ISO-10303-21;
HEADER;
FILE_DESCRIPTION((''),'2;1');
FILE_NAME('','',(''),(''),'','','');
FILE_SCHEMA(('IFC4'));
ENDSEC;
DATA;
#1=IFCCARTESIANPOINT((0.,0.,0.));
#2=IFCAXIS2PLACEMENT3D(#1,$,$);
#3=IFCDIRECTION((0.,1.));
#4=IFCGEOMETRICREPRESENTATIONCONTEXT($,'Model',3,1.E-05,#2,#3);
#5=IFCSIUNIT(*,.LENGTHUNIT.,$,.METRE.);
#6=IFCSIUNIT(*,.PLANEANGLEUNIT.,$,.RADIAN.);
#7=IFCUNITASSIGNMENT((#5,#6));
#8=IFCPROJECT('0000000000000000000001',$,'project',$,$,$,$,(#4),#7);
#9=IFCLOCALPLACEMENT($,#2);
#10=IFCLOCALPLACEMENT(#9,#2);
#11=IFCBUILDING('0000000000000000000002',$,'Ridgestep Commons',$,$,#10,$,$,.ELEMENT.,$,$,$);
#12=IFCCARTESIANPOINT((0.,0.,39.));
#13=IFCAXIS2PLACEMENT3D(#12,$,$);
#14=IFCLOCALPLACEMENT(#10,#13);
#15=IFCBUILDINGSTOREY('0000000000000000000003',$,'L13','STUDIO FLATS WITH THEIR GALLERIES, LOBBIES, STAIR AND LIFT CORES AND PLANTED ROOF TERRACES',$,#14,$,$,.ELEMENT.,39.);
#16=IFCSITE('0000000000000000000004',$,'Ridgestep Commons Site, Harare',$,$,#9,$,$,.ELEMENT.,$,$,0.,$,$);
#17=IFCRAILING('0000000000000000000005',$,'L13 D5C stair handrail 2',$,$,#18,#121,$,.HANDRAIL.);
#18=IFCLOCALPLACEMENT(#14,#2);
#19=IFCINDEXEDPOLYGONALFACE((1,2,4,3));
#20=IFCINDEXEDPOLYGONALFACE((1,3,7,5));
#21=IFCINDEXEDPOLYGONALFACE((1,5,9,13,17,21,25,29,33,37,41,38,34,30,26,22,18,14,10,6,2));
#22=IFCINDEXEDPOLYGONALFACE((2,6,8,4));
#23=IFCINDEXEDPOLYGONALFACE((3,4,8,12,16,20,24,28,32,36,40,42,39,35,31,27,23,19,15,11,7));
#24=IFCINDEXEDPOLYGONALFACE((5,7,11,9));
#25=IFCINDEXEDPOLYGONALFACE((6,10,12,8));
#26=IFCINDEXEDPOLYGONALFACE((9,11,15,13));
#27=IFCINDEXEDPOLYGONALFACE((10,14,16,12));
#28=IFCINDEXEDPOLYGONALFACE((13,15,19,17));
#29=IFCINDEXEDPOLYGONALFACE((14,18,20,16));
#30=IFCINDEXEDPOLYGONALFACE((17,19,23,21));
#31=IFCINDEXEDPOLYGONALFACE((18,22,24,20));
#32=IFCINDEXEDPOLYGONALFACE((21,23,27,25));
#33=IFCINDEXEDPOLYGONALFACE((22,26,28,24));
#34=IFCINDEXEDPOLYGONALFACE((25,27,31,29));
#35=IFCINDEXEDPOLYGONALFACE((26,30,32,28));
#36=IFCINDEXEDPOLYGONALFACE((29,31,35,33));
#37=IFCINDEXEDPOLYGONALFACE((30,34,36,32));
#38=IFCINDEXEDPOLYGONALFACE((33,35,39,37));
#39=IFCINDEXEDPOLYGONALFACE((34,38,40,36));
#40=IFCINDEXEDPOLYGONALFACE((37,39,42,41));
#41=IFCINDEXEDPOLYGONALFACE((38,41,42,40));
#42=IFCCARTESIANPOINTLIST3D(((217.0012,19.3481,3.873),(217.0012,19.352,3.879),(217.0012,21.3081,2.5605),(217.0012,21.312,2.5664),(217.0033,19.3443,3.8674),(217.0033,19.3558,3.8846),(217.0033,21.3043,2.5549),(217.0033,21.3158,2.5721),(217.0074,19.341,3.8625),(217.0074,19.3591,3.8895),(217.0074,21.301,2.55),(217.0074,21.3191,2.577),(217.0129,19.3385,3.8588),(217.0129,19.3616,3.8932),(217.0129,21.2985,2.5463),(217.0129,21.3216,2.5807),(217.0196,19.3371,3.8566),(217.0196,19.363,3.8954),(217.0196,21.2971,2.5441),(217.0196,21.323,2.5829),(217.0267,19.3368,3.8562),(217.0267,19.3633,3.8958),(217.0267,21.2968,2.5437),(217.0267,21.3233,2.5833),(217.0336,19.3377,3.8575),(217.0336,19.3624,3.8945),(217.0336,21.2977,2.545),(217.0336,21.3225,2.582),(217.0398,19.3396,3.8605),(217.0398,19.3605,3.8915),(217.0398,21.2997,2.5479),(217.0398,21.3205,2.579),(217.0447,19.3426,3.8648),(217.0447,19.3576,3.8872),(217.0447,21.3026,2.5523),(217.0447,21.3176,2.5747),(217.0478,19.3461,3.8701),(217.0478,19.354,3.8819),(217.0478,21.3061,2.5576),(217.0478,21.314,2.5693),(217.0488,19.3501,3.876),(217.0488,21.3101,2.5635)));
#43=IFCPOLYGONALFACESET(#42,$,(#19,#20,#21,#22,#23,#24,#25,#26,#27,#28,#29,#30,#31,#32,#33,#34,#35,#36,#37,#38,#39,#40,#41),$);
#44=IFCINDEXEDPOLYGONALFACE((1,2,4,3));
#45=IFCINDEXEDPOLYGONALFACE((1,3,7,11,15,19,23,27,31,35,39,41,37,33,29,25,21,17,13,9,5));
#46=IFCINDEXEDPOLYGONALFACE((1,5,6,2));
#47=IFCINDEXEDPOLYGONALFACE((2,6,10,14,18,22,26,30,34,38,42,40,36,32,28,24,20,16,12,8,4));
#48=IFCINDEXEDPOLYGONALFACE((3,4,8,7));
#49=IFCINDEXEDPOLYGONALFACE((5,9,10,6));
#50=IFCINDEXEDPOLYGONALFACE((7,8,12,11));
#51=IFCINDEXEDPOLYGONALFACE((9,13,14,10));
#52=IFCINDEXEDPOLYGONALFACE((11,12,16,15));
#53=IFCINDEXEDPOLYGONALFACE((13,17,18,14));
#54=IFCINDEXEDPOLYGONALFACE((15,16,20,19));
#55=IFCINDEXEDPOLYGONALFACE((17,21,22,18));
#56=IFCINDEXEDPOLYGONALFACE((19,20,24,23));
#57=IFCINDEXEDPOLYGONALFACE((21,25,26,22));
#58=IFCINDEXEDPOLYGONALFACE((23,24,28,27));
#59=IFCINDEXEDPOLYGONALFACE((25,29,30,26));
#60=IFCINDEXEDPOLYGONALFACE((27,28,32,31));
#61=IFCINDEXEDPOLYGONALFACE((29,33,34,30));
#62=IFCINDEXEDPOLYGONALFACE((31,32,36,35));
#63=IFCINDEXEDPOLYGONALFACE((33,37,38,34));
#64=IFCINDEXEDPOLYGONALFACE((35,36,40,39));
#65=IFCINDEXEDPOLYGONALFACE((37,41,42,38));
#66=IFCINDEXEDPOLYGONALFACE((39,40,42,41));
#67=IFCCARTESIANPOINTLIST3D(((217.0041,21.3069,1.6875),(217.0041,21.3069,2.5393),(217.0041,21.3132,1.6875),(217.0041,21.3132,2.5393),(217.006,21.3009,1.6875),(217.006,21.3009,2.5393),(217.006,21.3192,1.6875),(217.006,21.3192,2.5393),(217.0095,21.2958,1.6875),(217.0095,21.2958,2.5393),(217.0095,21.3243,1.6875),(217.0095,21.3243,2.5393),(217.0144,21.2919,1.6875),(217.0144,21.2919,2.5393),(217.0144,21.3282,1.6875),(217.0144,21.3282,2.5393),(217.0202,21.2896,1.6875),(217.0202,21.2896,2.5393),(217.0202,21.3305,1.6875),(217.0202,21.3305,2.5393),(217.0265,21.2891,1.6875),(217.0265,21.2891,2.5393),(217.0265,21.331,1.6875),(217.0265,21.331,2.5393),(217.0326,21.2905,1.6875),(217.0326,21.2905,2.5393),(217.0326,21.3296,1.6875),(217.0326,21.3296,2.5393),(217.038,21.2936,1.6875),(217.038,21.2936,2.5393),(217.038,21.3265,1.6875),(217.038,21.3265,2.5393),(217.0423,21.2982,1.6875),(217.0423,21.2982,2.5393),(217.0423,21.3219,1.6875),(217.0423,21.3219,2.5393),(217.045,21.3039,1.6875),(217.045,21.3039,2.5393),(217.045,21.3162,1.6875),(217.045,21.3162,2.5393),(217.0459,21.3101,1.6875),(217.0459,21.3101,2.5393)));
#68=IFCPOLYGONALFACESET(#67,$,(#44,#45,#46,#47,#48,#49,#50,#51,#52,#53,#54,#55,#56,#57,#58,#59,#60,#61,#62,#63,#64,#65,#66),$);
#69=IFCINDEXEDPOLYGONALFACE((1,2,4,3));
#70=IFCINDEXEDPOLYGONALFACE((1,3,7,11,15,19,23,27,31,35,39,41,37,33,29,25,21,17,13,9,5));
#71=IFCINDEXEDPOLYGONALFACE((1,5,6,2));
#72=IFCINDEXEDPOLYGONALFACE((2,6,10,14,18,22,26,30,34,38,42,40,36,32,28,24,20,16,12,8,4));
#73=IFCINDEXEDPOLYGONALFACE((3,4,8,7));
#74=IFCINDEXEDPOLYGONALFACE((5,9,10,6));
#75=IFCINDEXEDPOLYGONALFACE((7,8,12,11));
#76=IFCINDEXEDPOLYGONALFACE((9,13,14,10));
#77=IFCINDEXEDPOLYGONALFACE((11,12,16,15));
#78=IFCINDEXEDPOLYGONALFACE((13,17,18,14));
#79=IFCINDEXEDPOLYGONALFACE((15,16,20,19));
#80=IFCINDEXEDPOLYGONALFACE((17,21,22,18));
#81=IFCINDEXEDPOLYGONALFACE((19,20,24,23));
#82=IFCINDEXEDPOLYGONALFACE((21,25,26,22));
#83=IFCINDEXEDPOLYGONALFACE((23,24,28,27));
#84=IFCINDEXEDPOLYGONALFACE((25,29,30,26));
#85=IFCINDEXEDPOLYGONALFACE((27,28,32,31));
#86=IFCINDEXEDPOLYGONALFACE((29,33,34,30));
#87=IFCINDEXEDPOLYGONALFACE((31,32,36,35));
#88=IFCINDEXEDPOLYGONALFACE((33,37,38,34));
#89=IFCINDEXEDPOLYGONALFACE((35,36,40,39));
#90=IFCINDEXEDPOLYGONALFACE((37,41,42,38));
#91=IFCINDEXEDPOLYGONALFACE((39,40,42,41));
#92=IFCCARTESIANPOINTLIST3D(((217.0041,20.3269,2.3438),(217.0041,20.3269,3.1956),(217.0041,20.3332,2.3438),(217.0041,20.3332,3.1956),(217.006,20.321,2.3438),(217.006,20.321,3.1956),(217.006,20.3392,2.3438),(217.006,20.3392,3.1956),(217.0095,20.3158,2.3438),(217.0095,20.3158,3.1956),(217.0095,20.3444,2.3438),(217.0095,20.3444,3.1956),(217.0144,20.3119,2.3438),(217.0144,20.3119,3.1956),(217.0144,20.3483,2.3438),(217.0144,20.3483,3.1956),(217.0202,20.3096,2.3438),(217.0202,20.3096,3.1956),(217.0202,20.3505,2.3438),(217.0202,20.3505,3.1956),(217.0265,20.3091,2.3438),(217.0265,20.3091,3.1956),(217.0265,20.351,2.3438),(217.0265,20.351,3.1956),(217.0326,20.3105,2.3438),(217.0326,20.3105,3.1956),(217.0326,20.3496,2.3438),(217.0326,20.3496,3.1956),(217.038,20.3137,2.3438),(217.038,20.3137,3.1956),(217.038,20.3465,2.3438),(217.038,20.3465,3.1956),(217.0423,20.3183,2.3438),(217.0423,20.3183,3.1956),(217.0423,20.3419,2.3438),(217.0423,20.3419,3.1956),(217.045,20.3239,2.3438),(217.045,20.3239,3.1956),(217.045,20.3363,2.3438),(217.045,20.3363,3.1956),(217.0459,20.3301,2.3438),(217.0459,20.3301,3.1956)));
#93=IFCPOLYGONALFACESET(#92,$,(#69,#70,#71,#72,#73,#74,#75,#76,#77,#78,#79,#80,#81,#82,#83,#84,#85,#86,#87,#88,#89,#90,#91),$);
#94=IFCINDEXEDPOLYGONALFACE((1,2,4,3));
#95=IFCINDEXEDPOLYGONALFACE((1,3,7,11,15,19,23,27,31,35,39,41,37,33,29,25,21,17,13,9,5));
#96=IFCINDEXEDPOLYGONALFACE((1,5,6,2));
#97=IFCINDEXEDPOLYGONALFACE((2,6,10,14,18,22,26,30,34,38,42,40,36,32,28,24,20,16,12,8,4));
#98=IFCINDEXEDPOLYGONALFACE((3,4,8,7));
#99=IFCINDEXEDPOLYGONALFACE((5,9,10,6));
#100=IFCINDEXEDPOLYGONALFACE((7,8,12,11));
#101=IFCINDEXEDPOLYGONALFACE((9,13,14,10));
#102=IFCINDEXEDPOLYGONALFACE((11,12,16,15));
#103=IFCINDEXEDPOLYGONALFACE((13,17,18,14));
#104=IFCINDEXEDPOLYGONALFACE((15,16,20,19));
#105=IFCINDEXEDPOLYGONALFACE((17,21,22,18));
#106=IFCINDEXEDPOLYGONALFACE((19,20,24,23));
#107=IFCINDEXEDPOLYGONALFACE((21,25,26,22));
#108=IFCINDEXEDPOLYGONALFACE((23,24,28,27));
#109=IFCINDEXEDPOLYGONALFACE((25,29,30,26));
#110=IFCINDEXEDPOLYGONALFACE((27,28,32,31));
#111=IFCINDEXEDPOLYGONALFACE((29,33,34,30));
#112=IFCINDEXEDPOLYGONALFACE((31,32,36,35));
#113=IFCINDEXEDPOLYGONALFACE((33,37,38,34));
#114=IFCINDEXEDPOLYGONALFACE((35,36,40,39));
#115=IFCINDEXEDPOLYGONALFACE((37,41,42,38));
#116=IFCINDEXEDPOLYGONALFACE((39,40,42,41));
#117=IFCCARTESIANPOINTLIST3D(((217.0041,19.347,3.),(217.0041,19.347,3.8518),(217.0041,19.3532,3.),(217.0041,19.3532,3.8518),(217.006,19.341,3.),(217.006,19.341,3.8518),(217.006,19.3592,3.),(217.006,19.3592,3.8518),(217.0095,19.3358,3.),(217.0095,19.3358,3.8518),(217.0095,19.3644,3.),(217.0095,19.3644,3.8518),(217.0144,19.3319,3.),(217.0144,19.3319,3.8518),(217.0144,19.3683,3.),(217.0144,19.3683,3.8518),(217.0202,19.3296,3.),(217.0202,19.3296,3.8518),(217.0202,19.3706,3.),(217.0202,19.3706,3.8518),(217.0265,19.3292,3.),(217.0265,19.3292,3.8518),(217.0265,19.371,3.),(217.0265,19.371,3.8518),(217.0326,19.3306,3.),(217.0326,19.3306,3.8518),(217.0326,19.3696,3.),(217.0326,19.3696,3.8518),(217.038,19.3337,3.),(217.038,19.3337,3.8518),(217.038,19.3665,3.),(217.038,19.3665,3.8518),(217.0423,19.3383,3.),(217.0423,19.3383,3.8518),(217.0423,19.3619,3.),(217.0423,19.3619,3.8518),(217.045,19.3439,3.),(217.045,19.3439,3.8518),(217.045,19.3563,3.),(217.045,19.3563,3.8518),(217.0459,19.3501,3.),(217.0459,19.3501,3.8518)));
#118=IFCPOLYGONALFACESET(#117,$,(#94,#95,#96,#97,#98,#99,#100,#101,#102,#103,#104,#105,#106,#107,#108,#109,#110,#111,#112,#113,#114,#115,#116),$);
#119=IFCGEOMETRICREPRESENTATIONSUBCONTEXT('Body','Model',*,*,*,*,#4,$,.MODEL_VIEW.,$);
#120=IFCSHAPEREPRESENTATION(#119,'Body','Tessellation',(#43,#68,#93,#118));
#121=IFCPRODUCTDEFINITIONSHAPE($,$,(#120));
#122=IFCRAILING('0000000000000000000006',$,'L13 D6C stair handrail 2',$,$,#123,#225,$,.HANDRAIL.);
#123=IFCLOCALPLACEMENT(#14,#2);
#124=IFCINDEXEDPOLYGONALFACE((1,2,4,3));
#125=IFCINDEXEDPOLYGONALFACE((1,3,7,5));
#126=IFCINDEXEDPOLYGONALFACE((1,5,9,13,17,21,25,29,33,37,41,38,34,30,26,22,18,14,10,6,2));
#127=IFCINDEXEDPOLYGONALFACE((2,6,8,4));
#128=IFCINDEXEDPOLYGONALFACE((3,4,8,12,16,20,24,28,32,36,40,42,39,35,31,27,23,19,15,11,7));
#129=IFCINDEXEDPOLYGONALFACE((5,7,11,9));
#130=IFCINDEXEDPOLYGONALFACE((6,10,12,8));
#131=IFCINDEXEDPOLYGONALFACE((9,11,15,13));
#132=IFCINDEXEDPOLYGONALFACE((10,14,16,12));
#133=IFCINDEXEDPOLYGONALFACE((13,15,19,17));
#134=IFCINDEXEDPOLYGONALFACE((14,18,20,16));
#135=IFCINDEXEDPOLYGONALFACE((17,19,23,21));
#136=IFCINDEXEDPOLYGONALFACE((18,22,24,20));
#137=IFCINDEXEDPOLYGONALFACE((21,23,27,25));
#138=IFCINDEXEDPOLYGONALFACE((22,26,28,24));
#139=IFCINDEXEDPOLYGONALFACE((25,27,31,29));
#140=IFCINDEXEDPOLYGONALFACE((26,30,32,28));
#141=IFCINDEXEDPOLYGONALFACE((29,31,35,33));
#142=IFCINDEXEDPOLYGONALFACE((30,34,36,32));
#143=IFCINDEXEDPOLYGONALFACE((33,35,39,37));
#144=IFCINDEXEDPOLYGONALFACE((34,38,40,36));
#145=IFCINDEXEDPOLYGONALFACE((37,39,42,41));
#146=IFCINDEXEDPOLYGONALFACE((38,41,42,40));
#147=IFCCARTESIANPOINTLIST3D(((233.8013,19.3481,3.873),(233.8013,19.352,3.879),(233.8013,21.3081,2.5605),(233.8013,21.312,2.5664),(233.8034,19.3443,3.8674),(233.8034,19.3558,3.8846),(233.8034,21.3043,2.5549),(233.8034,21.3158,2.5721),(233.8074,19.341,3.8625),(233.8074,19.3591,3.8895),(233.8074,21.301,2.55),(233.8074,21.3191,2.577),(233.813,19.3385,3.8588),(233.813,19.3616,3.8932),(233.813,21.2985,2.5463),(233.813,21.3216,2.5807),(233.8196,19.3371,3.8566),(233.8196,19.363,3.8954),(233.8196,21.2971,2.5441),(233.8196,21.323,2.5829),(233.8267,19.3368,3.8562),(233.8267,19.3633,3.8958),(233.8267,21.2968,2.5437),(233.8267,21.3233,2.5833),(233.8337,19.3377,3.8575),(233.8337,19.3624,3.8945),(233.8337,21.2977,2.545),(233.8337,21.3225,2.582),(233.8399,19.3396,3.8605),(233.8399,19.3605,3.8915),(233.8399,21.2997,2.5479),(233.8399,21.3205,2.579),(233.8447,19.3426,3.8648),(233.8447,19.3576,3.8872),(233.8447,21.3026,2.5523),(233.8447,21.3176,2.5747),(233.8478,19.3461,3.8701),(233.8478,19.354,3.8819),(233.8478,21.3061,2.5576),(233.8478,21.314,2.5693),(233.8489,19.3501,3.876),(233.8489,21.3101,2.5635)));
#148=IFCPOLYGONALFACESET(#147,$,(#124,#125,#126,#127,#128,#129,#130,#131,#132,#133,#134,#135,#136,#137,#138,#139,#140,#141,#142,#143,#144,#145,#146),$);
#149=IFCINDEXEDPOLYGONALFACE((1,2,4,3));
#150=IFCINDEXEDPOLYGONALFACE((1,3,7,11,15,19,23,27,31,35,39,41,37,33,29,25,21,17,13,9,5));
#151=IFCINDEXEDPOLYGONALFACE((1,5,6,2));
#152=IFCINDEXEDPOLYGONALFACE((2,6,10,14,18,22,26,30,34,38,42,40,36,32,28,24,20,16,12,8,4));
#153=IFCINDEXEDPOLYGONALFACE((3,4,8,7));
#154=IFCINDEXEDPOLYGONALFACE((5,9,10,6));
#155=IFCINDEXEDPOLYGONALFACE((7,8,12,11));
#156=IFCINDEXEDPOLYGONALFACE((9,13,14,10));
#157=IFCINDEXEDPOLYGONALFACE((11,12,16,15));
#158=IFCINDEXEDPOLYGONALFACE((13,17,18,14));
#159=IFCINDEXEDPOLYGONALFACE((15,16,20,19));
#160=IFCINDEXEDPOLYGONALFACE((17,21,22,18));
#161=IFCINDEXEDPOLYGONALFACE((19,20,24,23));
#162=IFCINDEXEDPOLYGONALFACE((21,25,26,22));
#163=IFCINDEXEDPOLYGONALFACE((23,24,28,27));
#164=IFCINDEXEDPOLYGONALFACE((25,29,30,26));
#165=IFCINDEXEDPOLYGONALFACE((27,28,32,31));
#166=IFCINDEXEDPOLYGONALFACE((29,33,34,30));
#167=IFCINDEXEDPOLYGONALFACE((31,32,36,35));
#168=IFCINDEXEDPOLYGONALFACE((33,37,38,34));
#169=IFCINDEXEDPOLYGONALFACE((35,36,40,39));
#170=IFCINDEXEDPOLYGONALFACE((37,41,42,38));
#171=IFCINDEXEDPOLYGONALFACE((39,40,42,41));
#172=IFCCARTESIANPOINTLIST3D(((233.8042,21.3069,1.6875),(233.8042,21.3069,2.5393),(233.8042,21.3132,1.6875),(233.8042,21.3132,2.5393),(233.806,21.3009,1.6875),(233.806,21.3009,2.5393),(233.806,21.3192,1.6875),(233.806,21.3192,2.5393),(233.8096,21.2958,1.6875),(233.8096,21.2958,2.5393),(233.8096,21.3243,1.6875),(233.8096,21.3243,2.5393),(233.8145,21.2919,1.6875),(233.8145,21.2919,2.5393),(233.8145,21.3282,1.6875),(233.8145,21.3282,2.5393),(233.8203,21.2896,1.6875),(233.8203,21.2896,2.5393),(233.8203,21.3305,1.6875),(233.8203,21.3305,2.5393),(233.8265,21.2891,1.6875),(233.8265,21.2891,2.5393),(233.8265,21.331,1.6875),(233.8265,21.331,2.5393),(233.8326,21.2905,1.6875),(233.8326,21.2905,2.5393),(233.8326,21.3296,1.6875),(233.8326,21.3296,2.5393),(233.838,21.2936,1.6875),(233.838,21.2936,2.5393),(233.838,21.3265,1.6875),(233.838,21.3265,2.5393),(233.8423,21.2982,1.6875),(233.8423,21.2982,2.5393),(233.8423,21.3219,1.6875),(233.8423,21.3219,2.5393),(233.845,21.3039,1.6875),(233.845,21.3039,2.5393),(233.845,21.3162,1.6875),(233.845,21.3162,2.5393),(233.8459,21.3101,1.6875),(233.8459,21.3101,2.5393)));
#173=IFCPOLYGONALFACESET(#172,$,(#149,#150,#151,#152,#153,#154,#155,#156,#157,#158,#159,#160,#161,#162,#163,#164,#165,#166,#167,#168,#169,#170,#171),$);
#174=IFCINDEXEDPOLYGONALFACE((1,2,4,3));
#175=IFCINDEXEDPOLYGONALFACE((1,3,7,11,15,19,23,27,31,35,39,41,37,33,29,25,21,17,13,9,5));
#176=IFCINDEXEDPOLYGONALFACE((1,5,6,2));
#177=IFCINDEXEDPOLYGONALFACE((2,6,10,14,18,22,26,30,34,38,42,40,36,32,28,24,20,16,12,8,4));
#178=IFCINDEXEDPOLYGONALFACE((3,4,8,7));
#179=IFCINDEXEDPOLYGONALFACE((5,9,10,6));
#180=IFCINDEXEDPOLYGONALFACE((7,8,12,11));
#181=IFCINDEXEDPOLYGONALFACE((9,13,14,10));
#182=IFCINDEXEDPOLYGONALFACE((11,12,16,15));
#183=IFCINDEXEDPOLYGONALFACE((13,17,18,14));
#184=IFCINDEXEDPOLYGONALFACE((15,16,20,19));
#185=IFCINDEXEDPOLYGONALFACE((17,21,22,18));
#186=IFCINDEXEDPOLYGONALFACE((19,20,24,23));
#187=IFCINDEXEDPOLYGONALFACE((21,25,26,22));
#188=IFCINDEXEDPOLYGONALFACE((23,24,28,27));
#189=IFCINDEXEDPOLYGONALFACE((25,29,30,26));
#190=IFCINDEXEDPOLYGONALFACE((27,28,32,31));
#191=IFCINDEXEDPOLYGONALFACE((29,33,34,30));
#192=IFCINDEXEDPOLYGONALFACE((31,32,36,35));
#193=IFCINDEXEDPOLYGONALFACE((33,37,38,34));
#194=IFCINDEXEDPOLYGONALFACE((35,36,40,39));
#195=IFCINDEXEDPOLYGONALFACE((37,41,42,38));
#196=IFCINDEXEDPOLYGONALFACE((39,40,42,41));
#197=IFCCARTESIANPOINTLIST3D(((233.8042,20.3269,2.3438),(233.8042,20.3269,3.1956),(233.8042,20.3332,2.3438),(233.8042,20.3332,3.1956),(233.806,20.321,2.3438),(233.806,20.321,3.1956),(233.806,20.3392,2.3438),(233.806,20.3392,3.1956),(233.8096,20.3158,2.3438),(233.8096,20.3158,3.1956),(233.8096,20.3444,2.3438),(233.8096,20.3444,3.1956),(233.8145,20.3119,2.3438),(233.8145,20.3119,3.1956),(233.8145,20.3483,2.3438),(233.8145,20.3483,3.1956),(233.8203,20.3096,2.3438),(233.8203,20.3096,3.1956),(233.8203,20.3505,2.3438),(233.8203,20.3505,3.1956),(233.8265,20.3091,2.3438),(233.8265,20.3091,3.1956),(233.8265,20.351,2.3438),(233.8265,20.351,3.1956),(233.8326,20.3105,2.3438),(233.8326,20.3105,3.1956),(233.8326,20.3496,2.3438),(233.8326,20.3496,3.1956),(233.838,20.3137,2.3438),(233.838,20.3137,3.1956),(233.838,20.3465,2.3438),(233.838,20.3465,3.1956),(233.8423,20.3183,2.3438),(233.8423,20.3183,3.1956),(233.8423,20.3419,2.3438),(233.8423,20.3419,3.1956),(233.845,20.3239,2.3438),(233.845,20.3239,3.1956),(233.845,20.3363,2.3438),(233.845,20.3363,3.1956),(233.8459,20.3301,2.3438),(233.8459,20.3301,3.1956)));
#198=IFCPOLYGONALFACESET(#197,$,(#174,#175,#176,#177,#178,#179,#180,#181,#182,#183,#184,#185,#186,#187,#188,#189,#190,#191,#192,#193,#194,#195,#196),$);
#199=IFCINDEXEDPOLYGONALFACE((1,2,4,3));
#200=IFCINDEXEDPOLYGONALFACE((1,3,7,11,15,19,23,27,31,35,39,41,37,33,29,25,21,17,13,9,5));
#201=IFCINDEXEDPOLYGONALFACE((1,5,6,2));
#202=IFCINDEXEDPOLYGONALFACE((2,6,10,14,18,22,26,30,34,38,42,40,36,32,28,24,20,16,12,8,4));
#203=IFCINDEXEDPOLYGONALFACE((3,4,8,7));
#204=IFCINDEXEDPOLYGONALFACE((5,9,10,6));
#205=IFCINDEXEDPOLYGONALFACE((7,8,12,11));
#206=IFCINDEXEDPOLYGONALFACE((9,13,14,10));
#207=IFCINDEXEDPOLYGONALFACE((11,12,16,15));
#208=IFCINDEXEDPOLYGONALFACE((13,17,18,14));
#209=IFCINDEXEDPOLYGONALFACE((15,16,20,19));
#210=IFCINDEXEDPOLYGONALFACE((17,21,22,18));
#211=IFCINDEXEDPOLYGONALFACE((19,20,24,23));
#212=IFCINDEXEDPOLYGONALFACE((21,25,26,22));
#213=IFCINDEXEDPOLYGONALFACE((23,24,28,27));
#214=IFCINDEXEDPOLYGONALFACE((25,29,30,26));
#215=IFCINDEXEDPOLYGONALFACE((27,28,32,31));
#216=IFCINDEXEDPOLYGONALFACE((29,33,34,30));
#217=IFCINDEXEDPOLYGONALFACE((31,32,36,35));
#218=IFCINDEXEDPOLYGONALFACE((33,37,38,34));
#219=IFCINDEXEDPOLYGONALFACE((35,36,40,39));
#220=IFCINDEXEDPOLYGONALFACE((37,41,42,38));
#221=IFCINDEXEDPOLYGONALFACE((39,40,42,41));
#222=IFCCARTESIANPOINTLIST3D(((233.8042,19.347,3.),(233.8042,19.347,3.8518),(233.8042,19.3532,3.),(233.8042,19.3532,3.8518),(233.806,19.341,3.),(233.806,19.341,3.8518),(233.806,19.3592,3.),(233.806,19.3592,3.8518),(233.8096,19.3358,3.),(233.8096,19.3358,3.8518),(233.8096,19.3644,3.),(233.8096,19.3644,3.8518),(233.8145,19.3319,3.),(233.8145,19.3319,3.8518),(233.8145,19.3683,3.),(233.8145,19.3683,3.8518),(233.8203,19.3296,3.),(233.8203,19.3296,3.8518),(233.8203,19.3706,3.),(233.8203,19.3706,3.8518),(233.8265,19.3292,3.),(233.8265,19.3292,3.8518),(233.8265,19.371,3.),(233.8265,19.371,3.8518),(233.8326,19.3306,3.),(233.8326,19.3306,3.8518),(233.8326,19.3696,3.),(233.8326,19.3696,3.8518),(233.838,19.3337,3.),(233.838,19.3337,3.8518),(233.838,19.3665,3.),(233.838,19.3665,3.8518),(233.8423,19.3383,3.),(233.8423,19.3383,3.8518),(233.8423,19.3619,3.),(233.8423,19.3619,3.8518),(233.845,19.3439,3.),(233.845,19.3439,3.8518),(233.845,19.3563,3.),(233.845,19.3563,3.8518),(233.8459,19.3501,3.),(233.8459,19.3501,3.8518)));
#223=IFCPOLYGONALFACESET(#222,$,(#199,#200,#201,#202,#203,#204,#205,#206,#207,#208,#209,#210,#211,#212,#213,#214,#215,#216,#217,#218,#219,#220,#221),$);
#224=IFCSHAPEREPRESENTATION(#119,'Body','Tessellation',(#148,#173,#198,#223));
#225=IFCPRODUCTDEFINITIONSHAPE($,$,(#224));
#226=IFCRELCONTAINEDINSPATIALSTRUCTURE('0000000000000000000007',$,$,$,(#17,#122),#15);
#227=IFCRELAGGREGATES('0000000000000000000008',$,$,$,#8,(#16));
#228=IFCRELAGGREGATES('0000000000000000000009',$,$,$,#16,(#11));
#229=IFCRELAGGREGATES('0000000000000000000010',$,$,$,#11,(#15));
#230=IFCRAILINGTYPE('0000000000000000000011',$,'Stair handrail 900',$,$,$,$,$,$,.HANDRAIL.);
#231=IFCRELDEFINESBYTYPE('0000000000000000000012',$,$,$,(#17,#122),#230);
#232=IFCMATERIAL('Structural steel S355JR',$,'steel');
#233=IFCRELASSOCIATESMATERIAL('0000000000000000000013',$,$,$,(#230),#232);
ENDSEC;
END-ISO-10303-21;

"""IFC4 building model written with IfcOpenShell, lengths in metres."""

from ifc_helpers import new_model, si_unit, direction, frame, origin, origin_2d, place, context, subcontext, project, spatial, circle, extrude, material, type_object, element, save


model = new_model("IFC4")

# Units and contexts
model_context = context("Model", 3, precision=1e-05, world=origin(), true_north=direction((0.0, 1.0)))
body_context = subcontext(model_context, "Body", "Model", "MODEL_VIEW")
ifc_project = project(units=[si_unit("LENGTHUNIT", "METRE"), si_unit("PLANEANGLEUNIT", "RADIAN")], contexts=[model_context])

# Site, building, storey
site_placement = place(None, origin())
site = spatial("IfcSite", under=ifc_project, at=site_placement, Name="Ridgestep Commons Site, Harare", CompositionType="ELEMENT", RefElevation=0.0)
building_placement = place(site_placement, origin())
building = spatial("IfcBuilding", under=site, at=building_placement, Name="Ridgestep Commons", CompositionType="ELEMENT")
storey_placement = place(building_placement, frame((0.0, 0.0, 39.0)))
storey = spatial("IfcBuildingStorey", under=building, at=storey_placement, Name="L13", Description="STUDIO FLATS WITH THEIR GALLERIES, LOBBIES, STAIR AND LIFT CORES AND PLANTED ROOF TERRACES", CompositionType="ELEMENT", Elevation=39.0)

# Railings
ifc_material_1 = material(Name="Structural steel S355JR", Category="steel")
railing_type_1 = type_object("IfcRailingType", Name="Stair handrail 900", PredefinedType="HANDRAIL", material=ifc_material_1)
for number, where, name in (
    (1, (217.0249, 21.3101, 1.6875), "L13 D5C stair handrail 2"),
    (2, (233.825, 21.3101, 1.6875), "L13 D6C stair handrail 2"),
):
    element("IfcRailing", number, at=place(storey_placement, frame(where)), inside=storey, type_object=railing_type_1, Name=name, PredefinedType="HANDRAIL", context=body_context, shape_type="SweptSolid", body=[
        extrude(circle(Radius=0.0239, at=origin_2d()), frame((0.0, 0.0, 0.876), z_axis=(0.0, -0.830902, 0.556419), x_axis=(1.0, 0.0, 0.0)), (0.0, 0.0, 1.0), 2.3589),
        extrude(circle(Radius=0.021, at=origin_2d()), origin(), (0.0, 0.0, 1.0), 0.8518),
        extrude(circle(Radius=0.021, at=origin_2d()), frame((0.0, -0.98, 0.6562)), (0.0, 0.0, 1.0), 0.8518),
        extrude(circle(Radius=0.021, at=origin_2d()), frame((0.0, -1.96, 1.3125)), (0.0, 0.0, 1.0), 0.8518),
    ])

save(model, "model.ifc")
